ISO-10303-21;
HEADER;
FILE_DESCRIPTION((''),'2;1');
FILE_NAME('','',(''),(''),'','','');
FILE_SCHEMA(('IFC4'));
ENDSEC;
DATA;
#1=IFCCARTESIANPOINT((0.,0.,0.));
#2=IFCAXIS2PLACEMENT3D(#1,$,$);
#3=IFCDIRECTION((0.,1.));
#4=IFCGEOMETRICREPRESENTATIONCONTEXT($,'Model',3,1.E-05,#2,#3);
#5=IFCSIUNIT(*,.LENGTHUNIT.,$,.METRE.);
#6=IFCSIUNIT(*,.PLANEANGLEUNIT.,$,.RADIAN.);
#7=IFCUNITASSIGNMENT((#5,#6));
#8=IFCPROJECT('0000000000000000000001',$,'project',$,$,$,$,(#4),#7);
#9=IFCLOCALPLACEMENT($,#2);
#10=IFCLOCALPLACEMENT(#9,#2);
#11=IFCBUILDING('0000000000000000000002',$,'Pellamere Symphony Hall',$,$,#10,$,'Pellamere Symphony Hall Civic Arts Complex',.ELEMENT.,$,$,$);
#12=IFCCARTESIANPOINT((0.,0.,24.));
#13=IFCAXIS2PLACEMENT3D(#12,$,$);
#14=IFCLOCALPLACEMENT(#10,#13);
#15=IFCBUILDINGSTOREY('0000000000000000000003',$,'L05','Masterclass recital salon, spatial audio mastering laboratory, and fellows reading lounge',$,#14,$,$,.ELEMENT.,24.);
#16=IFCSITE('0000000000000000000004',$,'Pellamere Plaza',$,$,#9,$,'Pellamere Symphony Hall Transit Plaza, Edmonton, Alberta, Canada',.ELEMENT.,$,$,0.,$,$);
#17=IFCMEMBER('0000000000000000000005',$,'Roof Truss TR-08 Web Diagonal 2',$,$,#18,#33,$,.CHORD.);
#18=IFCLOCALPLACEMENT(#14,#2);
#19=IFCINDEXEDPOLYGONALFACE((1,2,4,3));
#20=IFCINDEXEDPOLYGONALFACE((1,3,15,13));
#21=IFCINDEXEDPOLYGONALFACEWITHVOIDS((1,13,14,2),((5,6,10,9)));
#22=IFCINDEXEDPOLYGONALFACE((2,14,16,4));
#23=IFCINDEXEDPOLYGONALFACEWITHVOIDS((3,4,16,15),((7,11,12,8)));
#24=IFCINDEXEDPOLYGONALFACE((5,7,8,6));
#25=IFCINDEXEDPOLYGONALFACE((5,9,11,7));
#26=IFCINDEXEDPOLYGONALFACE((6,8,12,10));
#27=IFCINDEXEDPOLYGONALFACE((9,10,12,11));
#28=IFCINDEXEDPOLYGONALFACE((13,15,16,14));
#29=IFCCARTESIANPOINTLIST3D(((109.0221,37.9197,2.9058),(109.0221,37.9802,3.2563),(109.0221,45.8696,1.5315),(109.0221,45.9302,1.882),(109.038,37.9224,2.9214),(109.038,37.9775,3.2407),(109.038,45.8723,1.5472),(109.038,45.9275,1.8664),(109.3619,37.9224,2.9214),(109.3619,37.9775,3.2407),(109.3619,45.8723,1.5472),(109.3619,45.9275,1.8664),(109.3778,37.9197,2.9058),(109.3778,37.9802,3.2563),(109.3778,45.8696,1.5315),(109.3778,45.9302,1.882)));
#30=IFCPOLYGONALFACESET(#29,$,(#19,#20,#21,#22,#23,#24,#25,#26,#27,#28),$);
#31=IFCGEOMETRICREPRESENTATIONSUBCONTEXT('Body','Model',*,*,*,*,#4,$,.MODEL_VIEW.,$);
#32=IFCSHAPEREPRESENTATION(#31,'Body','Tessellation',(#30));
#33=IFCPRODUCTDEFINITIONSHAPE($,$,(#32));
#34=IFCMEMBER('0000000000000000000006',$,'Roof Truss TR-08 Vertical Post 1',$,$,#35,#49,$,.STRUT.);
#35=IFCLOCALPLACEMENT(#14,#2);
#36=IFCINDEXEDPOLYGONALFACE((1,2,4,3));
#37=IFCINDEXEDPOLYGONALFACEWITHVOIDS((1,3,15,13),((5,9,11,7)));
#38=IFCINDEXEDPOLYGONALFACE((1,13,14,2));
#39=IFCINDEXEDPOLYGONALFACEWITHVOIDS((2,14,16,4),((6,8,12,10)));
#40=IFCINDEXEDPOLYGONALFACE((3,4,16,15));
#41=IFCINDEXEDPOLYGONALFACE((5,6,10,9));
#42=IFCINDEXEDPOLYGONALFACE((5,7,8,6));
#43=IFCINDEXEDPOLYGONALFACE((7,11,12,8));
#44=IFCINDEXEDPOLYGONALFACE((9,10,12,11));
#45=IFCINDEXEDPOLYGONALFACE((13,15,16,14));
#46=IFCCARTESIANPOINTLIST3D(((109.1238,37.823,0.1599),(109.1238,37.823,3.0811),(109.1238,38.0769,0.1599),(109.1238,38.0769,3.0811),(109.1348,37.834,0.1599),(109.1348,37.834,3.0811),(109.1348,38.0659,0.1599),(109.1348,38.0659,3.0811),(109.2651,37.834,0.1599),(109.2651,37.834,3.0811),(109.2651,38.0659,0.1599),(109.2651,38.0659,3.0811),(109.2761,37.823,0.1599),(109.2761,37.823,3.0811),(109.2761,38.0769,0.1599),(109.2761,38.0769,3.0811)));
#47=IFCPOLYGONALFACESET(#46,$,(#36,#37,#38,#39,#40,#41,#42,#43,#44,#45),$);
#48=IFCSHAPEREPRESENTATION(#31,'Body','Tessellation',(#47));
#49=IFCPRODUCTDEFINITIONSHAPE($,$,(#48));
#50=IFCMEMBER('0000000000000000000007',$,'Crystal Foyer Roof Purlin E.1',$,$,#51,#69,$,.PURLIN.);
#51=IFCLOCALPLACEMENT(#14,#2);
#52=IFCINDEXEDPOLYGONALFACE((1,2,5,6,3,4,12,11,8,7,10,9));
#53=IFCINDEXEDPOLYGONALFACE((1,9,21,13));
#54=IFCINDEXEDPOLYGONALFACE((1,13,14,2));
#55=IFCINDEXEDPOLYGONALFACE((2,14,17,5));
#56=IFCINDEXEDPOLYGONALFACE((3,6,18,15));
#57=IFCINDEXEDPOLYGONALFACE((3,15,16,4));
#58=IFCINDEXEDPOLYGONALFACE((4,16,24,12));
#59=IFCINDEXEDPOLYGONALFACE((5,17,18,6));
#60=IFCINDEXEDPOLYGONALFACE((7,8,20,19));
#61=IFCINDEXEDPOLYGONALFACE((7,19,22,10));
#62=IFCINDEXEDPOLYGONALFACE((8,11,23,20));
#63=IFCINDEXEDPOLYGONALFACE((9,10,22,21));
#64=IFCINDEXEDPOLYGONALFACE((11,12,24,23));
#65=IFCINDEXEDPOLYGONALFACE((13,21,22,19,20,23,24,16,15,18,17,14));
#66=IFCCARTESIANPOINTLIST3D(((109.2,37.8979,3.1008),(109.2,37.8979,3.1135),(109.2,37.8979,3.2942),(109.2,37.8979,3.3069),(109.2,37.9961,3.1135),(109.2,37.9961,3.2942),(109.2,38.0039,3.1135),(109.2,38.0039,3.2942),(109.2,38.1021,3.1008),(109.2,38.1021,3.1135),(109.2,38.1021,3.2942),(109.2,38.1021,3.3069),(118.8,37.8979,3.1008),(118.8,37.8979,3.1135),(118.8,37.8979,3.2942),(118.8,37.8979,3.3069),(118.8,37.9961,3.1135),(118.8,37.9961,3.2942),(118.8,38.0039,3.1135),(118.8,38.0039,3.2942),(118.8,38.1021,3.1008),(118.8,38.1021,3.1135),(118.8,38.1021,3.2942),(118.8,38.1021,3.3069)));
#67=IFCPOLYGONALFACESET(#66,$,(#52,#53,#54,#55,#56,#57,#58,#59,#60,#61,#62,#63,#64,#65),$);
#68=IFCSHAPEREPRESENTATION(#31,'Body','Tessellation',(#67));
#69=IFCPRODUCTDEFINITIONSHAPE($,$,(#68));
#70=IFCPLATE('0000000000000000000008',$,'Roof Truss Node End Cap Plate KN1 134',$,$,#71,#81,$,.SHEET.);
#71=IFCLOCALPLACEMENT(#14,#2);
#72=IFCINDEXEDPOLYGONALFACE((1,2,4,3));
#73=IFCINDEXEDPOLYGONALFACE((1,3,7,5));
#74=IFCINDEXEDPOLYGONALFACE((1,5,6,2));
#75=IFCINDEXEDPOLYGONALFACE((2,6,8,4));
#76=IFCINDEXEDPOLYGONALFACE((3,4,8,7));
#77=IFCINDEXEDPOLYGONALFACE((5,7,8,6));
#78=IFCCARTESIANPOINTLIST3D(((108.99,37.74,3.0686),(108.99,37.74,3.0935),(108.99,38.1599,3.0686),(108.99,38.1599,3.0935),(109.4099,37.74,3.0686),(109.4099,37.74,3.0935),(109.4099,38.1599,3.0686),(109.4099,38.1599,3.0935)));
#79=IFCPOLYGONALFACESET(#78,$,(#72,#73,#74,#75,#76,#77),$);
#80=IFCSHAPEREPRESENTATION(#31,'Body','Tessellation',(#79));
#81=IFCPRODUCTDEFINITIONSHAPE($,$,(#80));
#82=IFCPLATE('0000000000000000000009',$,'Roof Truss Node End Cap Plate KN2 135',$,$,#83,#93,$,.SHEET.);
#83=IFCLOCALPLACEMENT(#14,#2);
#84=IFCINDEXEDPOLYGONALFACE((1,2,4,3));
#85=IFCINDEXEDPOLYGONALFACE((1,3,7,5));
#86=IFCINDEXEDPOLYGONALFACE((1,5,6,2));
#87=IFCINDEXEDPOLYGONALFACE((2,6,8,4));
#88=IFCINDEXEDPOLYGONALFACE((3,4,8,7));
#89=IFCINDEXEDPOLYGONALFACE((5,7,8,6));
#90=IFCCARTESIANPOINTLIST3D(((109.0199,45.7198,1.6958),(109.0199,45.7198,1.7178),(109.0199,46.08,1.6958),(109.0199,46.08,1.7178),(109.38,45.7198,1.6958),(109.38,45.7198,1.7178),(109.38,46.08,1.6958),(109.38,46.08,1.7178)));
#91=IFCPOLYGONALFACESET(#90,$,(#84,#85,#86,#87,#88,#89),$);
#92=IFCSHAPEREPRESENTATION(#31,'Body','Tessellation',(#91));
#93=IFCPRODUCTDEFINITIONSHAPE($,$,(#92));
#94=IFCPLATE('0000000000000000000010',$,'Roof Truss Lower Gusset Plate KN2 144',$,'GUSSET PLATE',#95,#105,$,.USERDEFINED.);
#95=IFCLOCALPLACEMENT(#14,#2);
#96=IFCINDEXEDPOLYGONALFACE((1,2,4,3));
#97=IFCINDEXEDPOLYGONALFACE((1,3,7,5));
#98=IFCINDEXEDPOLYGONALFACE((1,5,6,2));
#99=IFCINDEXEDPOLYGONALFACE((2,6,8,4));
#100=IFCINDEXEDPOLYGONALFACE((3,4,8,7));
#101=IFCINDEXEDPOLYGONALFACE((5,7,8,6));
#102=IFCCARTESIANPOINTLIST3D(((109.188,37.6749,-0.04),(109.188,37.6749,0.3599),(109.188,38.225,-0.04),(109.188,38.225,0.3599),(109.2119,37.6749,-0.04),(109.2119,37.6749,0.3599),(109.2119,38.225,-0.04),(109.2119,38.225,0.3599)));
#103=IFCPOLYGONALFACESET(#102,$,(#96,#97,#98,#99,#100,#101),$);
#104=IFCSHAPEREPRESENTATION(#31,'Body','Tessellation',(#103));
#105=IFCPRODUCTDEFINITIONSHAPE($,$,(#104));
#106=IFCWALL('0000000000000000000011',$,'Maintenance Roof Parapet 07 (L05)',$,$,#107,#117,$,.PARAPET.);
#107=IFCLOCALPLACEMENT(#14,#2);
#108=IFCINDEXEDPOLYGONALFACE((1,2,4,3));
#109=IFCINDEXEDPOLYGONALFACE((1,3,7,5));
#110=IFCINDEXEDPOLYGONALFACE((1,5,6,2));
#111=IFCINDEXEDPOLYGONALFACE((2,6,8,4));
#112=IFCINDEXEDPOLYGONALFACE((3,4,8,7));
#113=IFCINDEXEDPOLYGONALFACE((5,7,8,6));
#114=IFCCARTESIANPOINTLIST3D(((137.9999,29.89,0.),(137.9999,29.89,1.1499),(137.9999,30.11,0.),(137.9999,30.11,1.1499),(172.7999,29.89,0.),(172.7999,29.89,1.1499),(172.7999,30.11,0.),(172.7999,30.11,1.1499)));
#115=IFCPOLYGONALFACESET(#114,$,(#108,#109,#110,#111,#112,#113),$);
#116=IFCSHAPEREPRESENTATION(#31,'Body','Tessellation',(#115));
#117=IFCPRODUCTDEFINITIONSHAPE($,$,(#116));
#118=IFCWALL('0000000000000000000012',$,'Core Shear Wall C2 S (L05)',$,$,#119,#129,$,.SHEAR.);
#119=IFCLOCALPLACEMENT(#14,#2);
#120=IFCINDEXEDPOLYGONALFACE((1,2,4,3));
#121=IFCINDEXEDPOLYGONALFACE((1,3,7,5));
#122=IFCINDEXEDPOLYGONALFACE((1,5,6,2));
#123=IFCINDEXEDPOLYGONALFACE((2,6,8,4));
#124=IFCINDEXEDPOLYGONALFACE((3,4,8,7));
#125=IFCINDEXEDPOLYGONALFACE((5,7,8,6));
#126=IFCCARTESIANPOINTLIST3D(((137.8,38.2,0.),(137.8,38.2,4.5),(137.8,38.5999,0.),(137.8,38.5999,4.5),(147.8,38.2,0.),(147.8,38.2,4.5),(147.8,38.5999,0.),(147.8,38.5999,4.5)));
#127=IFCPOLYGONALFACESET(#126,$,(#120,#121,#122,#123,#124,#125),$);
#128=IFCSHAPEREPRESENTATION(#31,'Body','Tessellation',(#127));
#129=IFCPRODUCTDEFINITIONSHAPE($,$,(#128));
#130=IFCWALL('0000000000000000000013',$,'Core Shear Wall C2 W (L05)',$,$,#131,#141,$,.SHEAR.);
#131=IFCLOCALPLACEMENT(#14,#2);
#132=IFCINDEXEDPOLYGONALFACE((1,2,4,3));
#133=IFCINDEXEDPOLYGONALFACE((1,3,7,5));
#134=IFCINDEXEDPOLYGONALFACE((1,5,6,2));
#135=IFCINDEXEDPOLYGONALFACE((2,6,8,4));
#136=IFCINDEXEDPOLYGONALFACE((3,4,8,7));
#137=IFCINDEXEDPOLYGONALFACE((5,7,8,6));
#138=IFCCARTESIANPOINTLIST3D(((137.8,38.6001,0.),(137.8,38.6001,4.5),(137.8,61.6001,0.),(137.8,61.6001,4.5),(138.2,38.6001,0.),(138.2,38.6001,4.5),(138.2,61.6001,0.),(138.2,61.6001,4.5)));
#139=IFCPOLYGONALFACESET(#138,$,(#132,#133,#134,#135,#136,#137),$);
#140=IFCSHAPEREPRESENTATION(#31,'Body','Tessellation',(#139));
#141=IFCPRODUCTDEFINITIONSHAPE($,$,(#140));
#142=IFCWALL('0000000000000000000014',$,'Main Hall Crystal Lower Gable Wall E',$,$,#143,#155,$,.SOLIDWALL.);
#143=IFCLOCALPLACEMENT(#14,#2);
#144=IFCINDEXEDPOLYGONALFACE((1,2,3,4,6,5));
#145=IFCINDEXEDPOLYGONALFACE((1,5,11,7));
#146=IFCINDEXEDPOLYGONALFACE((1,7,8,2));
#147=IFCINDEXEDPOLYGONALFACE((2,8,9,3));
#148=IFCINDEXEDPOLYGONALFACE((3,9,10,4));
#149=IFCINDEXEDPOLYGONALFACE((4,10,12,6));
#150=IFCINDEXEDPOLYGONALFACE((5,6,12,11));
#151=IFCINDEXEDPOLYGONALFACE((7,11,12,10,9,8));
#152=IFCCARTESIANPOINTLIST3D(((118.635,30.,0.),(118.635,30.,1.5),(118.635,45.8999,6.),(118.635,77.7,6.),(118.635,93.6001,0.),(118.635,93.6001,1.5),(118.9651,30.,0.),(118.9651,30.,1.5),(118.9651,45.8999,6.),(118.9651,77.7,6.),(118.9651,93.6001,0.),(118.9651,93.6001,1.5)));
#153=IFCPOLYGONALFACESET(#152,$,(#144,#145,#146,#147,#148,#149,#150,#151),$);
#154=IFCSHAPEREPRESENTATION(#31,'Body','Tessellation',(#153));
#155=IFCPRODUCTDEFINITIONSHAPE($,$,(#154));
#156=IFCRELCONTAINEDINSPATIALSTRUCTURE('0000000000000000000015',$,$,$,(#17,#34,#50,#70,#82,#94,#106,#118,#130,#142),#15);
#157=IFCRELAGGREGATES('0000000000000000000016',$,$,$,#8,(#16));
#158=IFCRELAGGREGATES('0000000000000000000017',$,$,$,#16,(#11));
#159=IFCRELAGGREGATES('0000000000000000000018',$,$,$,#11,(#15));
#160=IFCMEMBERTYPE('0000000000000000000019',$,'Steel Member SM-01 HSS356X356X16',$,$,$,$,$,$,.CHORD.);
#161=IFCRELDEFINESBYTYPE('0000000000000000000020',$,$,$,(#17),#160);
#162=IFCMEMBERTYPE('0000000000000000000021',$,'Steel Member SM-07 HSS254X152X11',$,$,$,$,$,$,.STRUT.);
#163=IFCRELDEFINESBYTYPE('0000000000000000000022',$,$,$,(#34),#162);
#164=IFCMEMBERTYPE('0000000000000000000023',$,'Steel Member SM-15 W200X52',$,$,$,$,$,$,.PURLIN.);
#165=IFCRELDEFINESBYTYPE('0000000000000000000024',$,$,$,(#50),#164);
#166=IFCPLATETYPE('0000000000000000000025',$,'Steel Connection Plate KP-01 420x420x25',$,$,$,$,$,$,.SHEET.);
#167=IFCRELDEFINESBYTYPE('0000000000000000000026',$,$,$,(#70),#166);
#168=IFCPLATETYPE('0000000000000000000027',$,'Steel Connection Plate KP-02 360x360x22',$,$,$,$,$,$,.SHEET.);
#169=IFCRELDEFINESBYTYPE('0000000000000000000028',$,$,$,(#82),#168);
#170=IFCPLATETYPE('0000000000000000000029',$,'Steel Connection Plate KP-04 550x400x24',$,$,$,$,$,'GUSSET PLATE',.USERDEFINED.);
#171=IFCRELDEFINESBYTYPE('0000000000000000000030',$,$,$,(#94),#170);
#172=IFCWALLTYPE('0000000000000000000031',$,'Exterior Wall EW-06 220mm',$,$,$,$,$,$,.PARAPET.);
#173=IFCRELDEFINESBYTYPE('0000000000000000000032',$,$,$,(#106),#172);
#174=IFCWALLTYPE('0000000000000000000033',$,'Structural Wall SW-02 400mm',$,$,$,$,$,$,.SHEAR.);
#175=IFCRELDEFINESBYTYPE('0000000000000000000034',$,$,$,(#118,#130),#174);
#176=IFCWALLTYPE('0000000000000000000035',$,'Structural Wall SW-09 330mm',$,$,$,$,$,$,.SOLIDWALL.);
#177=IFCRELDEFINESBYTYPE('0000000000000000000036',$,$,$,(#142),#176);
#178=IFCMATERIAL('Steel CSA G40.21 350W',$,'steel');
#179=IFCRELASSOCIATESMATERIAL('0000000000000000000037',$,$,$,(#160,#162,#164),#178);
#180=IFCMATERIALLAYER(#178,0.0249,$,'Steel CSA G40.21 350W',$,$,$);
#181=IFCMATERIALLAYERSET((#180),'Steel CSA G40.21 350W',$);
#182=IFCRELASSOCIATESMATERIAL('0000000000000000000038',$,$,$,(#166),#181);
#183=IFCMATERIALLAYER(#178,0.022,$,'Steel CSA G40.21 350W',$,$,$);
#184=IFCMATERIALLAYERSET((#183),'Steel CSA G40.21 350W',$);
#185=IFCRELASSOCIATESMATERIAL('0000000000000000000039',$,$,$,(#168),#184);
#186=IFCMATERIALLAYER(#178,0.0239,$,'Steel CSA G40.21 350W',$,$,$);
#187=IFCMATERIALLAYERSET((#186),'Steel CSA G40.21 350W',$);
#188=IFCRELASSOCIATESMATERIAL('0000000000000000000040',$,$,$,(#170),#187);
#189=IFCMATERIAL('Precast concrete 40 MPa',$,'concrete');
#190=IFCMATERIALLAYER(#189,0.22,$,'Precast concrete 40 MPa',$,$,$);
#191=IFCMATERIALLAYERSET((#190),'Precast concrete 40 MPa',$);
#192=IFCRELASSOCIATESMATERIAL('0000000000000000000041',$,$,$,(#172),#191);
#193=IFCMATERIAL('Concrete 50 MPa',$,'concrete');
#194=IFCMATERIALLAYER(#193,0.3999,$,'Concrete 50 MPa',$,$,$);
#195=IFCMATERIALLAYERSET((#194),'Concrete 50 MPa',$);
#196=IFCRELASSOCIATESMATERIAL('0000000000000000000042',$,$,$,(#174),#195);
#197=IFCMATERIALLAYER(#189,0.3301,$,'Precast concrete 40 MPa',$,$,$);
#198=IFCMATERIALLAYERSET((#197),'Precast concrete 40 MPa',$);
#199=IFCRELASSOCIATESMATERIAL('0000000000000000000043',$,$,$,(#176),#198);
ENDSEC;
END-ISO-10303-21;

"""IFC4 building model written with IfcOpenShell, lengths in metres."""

from ifc_helpers import new_model, si_unit, direction, frame, frame_2d, origin, origin_2d, place, context, subcontext, project, spatial, polyline, rectangle, hollow_rectangle, i_section, outline, extrude, material, layer, layer_set, material_profile, profile_set, type_object, element, save


model = new_model("IFC4")

# Units and contexts
model_context = context("Model", 3, precision=1e-05, world=origin(), true_north=direction((0.0, 1.0)))
body_context = subcontext(model_context, "Body", "Model", "MODEL_VIEW")
ifc_project = project(units=[si_unit("LENGTHUNIT", "METRE"), si_unit("PLANEANGLEUNIT", "RADIAN")], contexts=[model_context])

# Site, building, storey
site_placement = place(None, origin())
site = spatial("IfcSite", under=ifc_project, at=site_placement, Name="Pellamere Plaza", LongName="Pellamere Symphony Hall Transit Plaza, Edmonton, Alberta, Canada", CompositionType="ELEMENT", RefElevation=0.0)
building_placement = place(site_placement, origin())
building = spatial("IfcBuilding", under=site, at=building_placement, Name="Pellamere Symphony Hall", LongName="Pellamere Symphony Hall Civic Arts Complex", CompositionType="ELEMENT")
storey_placement = place(building_placement, frame((0.0, 0.0, 24.0)))
storey = spatial("IfcBuildingStorey", under=building, at=storey_placement, Name="L05", Description="Masterclass recital salon, spatial audio mastering laboratory, and fellows reading lounge", CompositionType="ELEMENT", Elevation=24.0)

# Shared definitions
ifc_material_1 = material(Name="Concrete 50 MPa", Category="concrete")
ifc_material_2 = material(Name="Steel CSA G40.21 350W", Category="steel")

# Members
ifc_material_profile_1 = material_profile(ifc_material_2, hollow_rectangle(XDim=0.3557, YDim=0.3557, WallThickness=0.0159, at=origin_2d()), Name="HSS356X356X16")
ifc_profile_set_1 = profile_set([ifc_material_profile_1], Name="Steel CSA G40.21 350W")
member_type_1 = type_object("IfcMemberType", Name="Steel Member SM-01 HSS356X356X16", PredefinedType="CHORD", material=ifc_profile_set_1)
member_1_placement = place(storey_placement, frame((109.2, 37.95, 3.0811), z_axis=(0.0, 0.985386, -0.170339), x_axis=(-1.0, 0.0, 0.0)))
element("IfcMember", 1, at=member_1_placement, inside=storey, type_object=member_type_1, Name="Roof Truss TR-08 Web Diagonal 2", PredefinedType="CHORD", context=body_context, shape_type="SweptSolid", body=[
    extrude(hollow_rectangle(XDim=0.3557, YDim=0.3557, WallThickness=0.0159, at=origin_2d()), origin(), (0.0, 0.0, 1.0), 8.0679),
])
ifc_material_profile_2 = material_profile(ifc_material_2, hollow_rectangle(XDim=0.1523, YDim=0.2539, WallThickness=0.011, at=origin_2d()), Name="HSS254X152X11")
ifc_profile_set_2 = profile_set([ifc_material_profile_2], Name="Steel CSA G40.21 350W")
member_type_2 = type_object("IfcMemberType", Name="Steel Member SM-07 HSS254X152X11", PredefinedType="STRUT", material=ifc_profile_set_2)
member_2_placement = place(storey_placement, frame((109.2, 37.95, 0.1599), z_axis=(0.0, 0.0, 1.0), x_axis=(1.0, 0.0, 0.0)))
element("IfcMember", 2, at=member_2_placement, inside=storey, type_object=member_type_2, Name="Roof Truss TR-08 Vertical Post 1", PredefinedType="STRUT", context=body_context, shape_type="SweptSolid", body=[
    extrude(hollow_rectangle(XDim=0.1523, YDim=0.2539, WallThickness=0.011, at=origin_2d()), origin(), (0.0, 0.0, 1.0), 2.9211),
])
ifc_material_profile_3 = material_profile(ifc_material_2, i_section(OverallWidth=0.2041, OverallDepth=0.2061, WebThickness=0.0078, FlangeThickness=0.0127, at=origin_2d()), Name="W200X52")
ifc_profile_set_3 = profile_set([ifc_material_profile_3], Name="Steel CSA G40.21 350W")
member_type_3 = type_object("IfcMemberType", Name="Steel Member SM-15 W200X52", PredefinedType="PURLIN", material=ifc_profile_set_3)
member_3_placement = place(storey_placement, frame((109.2, 38.0, 3.2039), z_axis=(1.0, 0.0, 0.0), x_axis=(0.0, 1.0, 0.0)))
element("IfcMember", 3, at=member_3_placement, inside=storey, type_object=member_type_3, Name="Crystal Foyer Roof Purlin E.1", PredefinedType="PURLIN", context=body_context, shape_type="SweptSolid", body=[
    extrude(i_section(OverallWidth=0.2041, OverallDepth=0.2061, WebThickness=0.0078, FlangeThickness=0.0127, at=origin_2d()), origin(), (0.0, 0.0, 1.0), 9.6001),
])

# Plates
ifc_layer_1 = layer(ifc_material_2, 0.0249, Name="Steel CSA G40.21 350W")
ifc_layer_set_1 = layer_set([ifc_layer_1], Name="Steel CSA G40.21 350W")
plate_type_1 = type_object("IfcPlateType", Name="Steel Connection Plate KP-01 420x420x25", PredefinedType="SHEET", material=ifc_layer_set_1)
plate_1_placement = place(storey_placement, frame((109.2, 37.95, 3.0686), z_axis=(0.0, 0.0, 1.0), x_axis=(1.0, 0.0, 0.0)))
element("IfcPlate", 4, at=plate_1_placement, inside=storey, type_object=plate_type_1, Name="Roof Truss Node End Cap Plate KN1 134", PredefinedType="SHEET", context=body_context, shape_type="SweptSolid", body=[
    extrude(rectangle(XDim=0.4199, YDim=0.4199, at=origin_2d()), origin(), (0.0, 0.0, 1.0), 0.0249),
])
ifc_layer_2 = layer(ifc_material_2, 0.022, Name="Steel CSA G40.21 350W")
ifc_layer_set_2 = layer_set([ifc_layer_2], Name="Steel CSA G40.21 350W")
plate_type_2 = type_object("IfcPlateType", Name="Steel Connection Plate KP-02 360x360x22", PredefinedType="SHEET", material=ifc_layer_set_2)
plate_2_placement = place(storey_placement, frame((109.2, 45.8999, 1.6958), z_axis=(0.0, 0.0, 1.0), x_axis=(1.0, 0.0, 0.0)))
element("IfcPlate", 5, at=plate_2_placement, inside=storey, type_object=plate_type_2, Name="Roof Truss Node End Cap Plate KN2 135", PredefinedType="SHEET", context=body_context, shape_type="SweptSolid", body=[
    extrude(rectangle(XDim=0.3601, YDim=0.3601, at=origin_2d()), origin(), (0.0, 0.0, 1.0), 0.022),
])
ifc_layer_3 = layer(ifc_material_2, 0.0239, Name="Steel CSA G40.21 350W")
ifc_layer_set_3 = layer_set([ifc_layer_3], Name="Steel CSA G40.21 350W")
plate_type_3 = type_object("IfcPlateType", Name="Steel Connection Plate KP-04 550x400x24", ElementType="GUSSET PLATE", PredefinedType="USERDEFINED", material=ifc_layer_set_3)
plate_3_placement = place(storey_placement, frame((109.2, 37.95, -0.04), z_axis=(0.0, 0.0, 1.0), x_axis=(1.0, 0.0, 0.0)))
element("IfcPlate", 6, at=plate_3_placement, inside=storey, type_object=plate_type_3, Name="Roof Truss Lower Gusset Plate KN2 144", ObjectType="GUSSET PLATE", PredefinedType="USERDEFINED", context=body_context, shape_type="SweptSolid", body=[
    extrude(rectangle(XDim=0.0239, YDim=0.55, at=origin_2d()), origin(), (0.0, 0.0, 1.0), 0.3999),
])

# Walls
ifc_material_3 = material(Name="Precast concrete 40 MPa", Category="concrete")
ifc_layer_4 = layer(ifc_material_3, 0.22, Name="Precast concrete 40 MPa")
ifc_layer_set_4 = layer_set([ifc_layer_4], Name="Precast concrete 40 MPa")
wall_type_1 = type_object("IfcWallType", Name="Exterior Wall EW-06 220mm", PredefinedType="PARAPET", material=ifc_layer_set_4)
wall_1_placement = place(storey_placement, frame((138.0, 30.0, 0.0), z_axis=(0.0, 0.0, 1.0), x_axis=(1.0, 0.0, 0.0)))
element("IfcWall", 7, at=wall_1_placement, inside=storey, type_object=wall_type_1, Name="Maintenance Roof Parapet 07 (L05)", PredefinedType="PARAPET", context=body_context, shape_type="SweptSolid", body=[
    extrude(rectangle(XDim=34.8, YDim=0.22, at=frame_2d((17.3999, 0.0))), origin(), (0.0, 0.0, 1.0), 1.1499),
])
ifc_layer_5 = layer(ifc_material_1, 0.3999, Name="Concrete 50 MPa")
ifc_layer_set_5 = layer_set([ifc_layer_5], Name="Concrete 50 MPa")
wall_type_2 = type_object("IfcWallType", Name="Structural Wall SW-02 400mm", PredefinedType="SHEAR", material=ifc_layer_set_5)
wall_2_placement = place(storey_placement, frame((137.8, 38.3999, 0.0), z_axis=(0.0, 0.0, 1.0), x_axis=(1.0, 0.0, 0.0)))
element("IfcWall", 8, at=wall_2_placement, inside=storey, type_object=wall_type_2, Name="Core Shear Wall C2 S (L05)", PredefinedType="SHEAR", context=body_context, shape_type="SweptSolid", body=[
    extrude(rectangle(XDim=10.0, YDim=0.3999, at=frame_2d((5.0, 0.0))), origin(), (0.0, 0.0, 1.0), 4.5),
])
wall_3_placement = place(storey_placement, frame((138.0, 38.6001, 0.0), z_axis=(0.0, 0.0, 1.0), x_axis=(0.0, 1.0, 0.0)))
element("IfcWall", 9, at=wall_3_placement, inside=storey, type_object=wall_type_2, Name="Core Shear Wall C2 W (L05)", PredefinedType="SHEAR", context=body_context, shape_type="SweptSolid", body=[
    extrude(rectangle(XDim=23.0, YDim=0.3999, at=frame_2d((11.5, 0.0))), origin(), (0.0, 0.0, 1.0), 4.5),
])
ifc_layer_6 = layer(ifc_material_3, 0.3301, Name="Precast concrete 40 MPa")
ifc_layer_set_6 = layer_set([ifc_layer_6], Name="Precast concrete 40 MPa")
wall_type_3 = type_object("IfcWallType", Name="Structural Wall SW-09 330mm", PredefinedType="SOLIDWALL", material=ifc_layer_set_6)
wall_4_placement = place(storey_placement, frame((118.8, 30.0, 0.0), z_axis=(0.0, 0.0, 1.0), x_axis=(0.0, 1.0, 0.0)))
element("IfcWall", 10, at=wall_4_placement, inside=storey, type_object=wall_type_3, Name="Main Hall Crystal Lower Gable Wall E", PredefinedType="SOLIDWALL", context=body_context, shape_type="SweptSolid", body=[
    extrude(outline(polyline([(0.0, 0.0), (63.6001, 0.0), (63.6001, 1.5), (47.7, 6.0), (15.8999, 6.0), (0.0, 1.5), (0.0, 0.0)])), frame((0.0, 0.165, 0.0), z_axis=(0.0, -1.0, 0.0), x_axis=(1.0, 0.0, 0.0)), (0.0, 0.0, 1.0), 0.3301),
])

save(model, "model.ifc")
